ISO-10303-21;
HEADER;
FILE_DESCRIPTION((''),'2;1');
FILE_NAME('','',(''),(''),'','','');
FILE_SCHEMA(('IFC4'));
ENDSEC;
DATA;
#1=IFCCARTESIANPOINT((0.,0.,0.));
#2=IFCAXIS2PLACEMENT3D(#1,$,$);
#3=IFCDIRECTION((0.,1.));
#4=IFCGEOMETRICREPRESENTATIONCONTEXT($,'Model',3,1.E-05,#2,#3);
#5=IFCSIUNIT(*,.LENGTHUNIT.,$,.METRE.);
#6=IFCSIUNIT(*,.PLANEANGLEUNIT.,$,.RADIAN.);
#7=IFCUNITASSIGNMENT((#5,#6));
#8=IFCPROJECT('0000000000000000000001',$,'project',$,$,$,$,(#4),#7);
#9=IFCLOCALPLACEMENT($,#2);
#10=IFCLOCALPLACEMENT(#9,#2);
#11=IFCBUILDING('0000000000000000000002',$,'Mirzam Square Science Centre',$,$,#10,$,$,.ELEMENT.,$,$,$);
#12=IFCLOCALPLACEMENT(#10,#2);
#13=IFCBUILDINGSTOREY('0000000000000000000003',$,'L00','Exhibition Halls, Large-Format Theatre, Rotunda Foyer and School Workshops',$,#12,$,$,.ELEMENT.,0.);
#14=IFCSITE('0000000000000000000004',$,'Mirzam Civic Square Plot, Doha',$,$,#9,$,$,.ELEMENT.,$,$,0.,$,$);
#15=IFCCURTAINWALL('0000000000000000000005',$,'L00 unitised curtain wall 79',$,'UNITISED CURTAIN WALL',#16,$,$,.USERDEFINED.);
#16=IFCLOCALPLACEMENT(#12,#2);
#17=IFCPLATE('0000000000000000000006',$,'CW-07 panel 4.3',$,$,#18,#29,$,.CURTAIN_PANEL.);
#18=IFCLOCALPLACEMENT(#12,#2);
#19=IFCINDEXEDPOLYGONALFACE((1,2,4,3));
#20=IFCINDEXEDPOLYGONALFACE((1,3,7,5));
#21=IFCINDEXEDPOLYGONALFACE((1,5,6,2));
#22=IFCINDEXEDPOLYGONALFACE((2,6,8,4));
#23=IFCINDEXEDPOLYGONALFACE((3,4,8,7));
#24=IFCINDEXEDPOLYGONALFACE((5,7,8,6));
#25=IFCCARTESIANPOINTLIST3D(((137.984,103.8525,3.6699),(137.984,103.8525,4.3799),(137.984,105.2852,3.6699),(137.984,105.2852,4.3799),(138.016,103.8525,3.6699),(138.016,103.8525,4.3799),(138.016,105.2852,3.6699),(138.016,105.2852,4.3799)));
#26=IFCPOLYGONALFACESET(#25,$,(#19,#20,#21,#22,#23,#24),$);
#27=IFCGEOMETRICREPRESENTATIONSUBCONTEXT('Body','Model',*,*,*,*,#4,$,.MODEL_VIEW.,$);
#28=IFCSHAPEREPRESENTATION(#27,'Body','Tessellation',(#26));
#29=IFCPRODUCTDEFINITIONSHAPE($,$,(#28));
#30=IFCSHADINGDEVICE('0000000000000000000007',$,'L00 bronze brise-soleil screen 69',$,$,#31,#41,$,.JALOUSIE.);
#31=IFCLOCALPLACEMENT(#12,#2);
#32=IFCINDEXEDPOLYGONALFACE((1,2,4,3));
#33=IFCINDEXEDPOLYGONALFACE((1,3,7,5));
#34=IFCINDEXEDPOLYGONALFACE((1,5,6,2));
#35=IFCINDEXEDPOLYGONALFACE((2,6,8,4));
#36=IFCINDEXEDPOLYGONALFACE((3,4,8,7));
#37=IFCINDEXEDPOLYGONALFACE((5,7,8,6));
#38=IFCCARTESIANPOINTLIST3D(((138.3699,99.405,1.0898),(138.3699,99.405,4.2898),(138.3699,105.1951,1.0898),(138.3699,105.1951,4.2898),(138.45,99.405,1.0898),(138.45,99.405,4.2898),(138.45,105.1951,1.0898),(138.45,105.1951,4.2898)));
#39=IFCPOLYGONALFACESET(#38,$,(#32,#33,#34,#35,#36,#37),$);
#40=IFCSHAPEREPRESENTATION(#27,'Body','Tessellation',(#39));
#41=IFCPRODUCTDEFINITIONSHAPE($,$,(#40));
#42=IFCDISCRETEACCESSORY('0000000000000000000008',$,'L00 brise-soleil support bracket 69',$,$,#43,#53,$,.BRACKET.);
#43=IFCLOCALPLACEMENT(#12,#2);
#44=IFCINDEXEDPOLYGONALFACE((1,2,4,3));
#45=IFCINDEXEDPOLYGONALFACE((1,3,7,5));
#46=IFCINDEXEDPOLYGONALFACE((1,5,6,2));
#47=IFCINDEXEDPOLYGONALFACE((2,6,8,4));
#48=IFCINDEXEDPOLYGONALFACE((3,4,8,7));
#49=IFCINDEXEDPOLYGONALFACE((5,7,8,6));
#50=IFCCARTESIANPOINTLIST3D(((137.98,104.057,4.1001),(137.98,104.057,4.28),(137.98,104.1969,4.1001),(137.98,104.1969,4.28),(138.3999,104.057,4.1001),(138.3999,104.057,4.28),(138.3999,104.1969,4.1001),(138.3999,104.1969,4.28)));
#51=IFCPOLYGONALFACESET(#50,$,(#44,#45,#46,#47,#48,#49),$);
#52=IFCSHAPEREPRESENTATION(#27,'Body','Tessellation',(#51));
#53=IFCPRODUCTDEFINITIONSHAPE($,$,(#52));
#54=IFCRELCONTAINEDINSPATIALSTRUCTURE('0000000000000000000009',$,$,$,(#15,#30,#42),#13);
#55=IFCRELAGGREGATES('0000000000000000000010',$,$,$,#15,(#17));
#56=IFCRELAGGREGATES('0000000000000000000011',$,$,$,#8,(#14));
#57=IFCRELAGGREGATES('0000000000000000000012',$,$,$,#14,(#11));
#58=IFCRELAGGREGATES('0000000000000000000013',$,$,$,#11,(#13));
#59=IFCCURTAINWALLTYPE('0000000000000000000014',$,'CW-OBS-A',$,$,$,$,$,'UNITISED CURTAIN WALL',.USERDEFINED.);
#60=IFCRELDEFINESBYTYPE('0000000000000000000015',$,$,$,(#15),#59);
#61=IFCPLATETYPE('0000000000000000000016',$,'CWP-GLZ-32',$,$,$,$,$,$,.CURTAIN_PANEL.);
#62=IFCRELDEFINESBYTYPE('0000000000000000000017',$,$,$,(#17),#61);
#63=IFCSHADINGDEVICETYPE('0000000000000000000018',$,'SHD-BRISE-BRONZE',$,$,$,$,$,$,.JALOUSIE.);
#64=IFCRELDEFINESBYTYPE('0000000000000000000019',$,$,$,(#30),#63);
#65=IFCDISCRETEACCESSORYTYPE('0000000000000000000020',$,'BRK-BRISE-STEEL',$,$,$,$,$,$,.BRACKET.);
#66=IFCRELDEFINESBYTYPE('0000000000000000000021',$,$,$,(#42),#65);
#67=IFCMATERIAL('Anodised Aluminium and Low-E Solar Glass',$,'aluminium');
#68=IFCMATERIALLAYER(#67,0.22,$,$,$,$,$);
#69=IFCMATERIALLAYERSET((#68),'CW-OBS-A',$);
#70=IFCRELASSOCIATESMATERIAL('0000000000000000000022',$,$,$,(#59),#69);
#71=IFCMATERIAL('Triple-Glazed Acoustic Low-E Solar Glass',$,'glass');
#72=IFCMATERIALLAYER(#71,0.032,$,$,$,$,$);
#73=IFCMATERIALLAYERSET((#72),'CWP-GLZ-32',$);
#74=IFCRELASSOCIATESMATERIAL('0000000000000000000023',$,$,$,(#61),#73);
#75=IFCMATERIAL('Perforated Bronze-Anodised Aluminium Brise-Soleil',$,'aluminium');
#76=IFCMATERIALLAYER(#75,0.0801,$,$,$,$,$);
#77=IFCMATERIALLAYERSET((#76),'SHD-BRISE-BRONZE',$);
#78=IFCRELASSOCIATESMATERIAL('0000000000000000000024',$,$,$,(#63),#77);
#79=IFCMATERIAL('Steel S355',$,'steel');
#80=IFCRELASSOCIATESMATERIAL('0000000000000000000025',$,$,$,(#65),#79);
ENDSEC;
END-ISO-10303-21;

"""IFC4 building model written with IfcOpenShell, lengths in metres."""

from ifc_helpers import new_model, si_unit, direction, frame, origin, origin_2d, place, context, subcontext, project, spatial, rectangle, extrude, material, layer, layer_set, type_object, element, aggregate, save


model = new_model("IFC4")

# Units and contexts
model_context = context("Model", 3, precision=1e-05, world=origin(), true_north=direction((0.0, 1.0)))
body_context = subcontext(model_context, "Body", "Model", "MODEL_VIEW")
ifc_project = project(units=[si_unit("LENGTHUNIT", "METRE"), si_unit("PLANEANGLEUNIT", "RADIAN")], contexts=[model_context])

# Site, building, storey
site_placement = place(None, origin())
site = spatial("IfcSite", under=ifc_project, at=site_placement, Name="Mirzam Civic Square Plot, Doha", CompositionType="ELEMENT", RefElevation=0.0)
building_placement = place(site_placement, origin())
building = spatial("IfcBuilding", under=site, at=building_placement, Name="Mirzam Square Science Centre", CompositionType="ELEMENT")
storey_placement = place(building_placement, origin())
storey = spatial("IfcBuildingStorey", under=building, at=storey_placement, Name="L00", Description="Exhibition Halls, Large-Format Theatre, Rotunda Foyer and School Workshops", CompositionType="ELEMENT", Elevation=0.0)

# Shared definitions
ifc_material_1 = material(Name="Steel S355", Category="steel")

# Curtain wall
ifc_material_2 = material(Name="Anodised Aluminium and Low-E Solar Glass", Category="aluminium")
ifc_layer_1 = layer(ifc_material_2, 0.22)
ifc_layer_set_1 = layer_set([ifc_layer_1], Name="CW-OBS-A")
curtain_wall_type = type_object("IfcCurtainWallType", Name="CW-OBS-A", ElementType="UNITISED CURTAIN WALL", PredefinedType="USERDEFINED", material=ifc_layer_set_1)
curtain_wall_placement = place(storey_placement, origin())
curtain_wall = element("IfcCurtainWall", 1, at=curtain_wall_placement, inside=storey, type_object=curtain_wall_type, Name="L00 unitised curtain wall 79", ObjectType="UNITISED CURTAIN WALL", PredefinedType="USERDEFINED")

# Plate
ifc_material_3 = material(Name="Triple-Glazed Acoustic Low-E Solar Glass", Category="glass")
ifc_layer_2 = layer(ifc_material_3, 0.032)
ifc_layer_set_2 = layer_set([ifc_layer_2], Name="CWP-GLZ-32")
plate_type = type_object("IfcPlateType", Name="CWP-GLZ-32", PredefinedType="CURTAIN_PANEL", material=ifc_layer_set_2)
plate_1_placement = place(storey_placement, frame((138.0, 104.5688, 3.6699), z_axis=(0.0, 0.0, 1.0), x_axis=(0.0, 1.0, 0.0)))
plate_1 = element("IfcPlate", 2, at=plate_1_placement, type_object=plate_type, Name="CW-07 panel 4.3", PredefinedType="CURTAIN_PANEL", context=body_context, shape_type="SweptSolid", body=[
    extrude(rectangle(XDim=1.4326, YDim=0.032, at=origin_2d()), origin(), (0.0, 0.0, 1.0), 0.71),
])
aggregate(curtain_wall, [plate_1])

# Shading device
ifc_material_4 = material(Name="Perforated Bronze-Anodised Aluminium Brise-Soleil", Category="aluminium")
ifc_layer_3 = layer(ifc_material_4, 0.0801)
ifc_layer_set_3 = layer_set([ifc_layer_3], Name="SHD-BRISE-BRONZE")
shading_device_type = type_object("IfcShadingDeviceType", Name="SHD-BRISE-BRONZE", PredefinedType="JALOUSIE", material=ifc_layer_set_3)
shading_device_placement = place(storey_placement, frame((138.4099, 102.3, 1.0898), z_axis=(0.0, 0.0, 1.0), x_axis=(0.0, 1.0, 0.0)))
element("IfcShadingDevice", 3, at=shading_device_placement, inside=storey, type_object=shading_device_type, Name="L00 bronze brise-soleil screen 69", PredefinedType="JALOUSIE", context=body_context, shape_type="SweptSolid", body=[
    extrude(rectangle(XDim=5.79, YDim=0.0801, at=origin_2d()), origin(), (0.0, 0.0, 1.0), 3.2),
])

# Discrete accessory
discrete_accessory_type = type_object("IfcDiscreteAccessoryType", Name="BRK-BRISE-STEEL", PredefinedType="BRACKET", material=ifc_material_1)
discrete_accessory_placement = place(storey_placement, frame((138.1899, 104.127, 4.1001), z_axis=(0.0, 0.0, 1.0), x_axis=(0.0, 1.0, 0.0)))
element("IfcDiscreteAccessory", 4, at=discrete_accessory_placement, inside=storey, type_object=discrete_accessory_type, Name="L00 brise-soleil support bracket 69", PredefinedType="BRACKET", context=body_context, shape_type="SweptSolid", body=[
    extrude(rectangle(XDim=0.1399, YDim=0.4199, at=origin_2d()), origin(), (0.0, 0.0, 1.0), 0.1799),
])

save(model, "model.ifc")
